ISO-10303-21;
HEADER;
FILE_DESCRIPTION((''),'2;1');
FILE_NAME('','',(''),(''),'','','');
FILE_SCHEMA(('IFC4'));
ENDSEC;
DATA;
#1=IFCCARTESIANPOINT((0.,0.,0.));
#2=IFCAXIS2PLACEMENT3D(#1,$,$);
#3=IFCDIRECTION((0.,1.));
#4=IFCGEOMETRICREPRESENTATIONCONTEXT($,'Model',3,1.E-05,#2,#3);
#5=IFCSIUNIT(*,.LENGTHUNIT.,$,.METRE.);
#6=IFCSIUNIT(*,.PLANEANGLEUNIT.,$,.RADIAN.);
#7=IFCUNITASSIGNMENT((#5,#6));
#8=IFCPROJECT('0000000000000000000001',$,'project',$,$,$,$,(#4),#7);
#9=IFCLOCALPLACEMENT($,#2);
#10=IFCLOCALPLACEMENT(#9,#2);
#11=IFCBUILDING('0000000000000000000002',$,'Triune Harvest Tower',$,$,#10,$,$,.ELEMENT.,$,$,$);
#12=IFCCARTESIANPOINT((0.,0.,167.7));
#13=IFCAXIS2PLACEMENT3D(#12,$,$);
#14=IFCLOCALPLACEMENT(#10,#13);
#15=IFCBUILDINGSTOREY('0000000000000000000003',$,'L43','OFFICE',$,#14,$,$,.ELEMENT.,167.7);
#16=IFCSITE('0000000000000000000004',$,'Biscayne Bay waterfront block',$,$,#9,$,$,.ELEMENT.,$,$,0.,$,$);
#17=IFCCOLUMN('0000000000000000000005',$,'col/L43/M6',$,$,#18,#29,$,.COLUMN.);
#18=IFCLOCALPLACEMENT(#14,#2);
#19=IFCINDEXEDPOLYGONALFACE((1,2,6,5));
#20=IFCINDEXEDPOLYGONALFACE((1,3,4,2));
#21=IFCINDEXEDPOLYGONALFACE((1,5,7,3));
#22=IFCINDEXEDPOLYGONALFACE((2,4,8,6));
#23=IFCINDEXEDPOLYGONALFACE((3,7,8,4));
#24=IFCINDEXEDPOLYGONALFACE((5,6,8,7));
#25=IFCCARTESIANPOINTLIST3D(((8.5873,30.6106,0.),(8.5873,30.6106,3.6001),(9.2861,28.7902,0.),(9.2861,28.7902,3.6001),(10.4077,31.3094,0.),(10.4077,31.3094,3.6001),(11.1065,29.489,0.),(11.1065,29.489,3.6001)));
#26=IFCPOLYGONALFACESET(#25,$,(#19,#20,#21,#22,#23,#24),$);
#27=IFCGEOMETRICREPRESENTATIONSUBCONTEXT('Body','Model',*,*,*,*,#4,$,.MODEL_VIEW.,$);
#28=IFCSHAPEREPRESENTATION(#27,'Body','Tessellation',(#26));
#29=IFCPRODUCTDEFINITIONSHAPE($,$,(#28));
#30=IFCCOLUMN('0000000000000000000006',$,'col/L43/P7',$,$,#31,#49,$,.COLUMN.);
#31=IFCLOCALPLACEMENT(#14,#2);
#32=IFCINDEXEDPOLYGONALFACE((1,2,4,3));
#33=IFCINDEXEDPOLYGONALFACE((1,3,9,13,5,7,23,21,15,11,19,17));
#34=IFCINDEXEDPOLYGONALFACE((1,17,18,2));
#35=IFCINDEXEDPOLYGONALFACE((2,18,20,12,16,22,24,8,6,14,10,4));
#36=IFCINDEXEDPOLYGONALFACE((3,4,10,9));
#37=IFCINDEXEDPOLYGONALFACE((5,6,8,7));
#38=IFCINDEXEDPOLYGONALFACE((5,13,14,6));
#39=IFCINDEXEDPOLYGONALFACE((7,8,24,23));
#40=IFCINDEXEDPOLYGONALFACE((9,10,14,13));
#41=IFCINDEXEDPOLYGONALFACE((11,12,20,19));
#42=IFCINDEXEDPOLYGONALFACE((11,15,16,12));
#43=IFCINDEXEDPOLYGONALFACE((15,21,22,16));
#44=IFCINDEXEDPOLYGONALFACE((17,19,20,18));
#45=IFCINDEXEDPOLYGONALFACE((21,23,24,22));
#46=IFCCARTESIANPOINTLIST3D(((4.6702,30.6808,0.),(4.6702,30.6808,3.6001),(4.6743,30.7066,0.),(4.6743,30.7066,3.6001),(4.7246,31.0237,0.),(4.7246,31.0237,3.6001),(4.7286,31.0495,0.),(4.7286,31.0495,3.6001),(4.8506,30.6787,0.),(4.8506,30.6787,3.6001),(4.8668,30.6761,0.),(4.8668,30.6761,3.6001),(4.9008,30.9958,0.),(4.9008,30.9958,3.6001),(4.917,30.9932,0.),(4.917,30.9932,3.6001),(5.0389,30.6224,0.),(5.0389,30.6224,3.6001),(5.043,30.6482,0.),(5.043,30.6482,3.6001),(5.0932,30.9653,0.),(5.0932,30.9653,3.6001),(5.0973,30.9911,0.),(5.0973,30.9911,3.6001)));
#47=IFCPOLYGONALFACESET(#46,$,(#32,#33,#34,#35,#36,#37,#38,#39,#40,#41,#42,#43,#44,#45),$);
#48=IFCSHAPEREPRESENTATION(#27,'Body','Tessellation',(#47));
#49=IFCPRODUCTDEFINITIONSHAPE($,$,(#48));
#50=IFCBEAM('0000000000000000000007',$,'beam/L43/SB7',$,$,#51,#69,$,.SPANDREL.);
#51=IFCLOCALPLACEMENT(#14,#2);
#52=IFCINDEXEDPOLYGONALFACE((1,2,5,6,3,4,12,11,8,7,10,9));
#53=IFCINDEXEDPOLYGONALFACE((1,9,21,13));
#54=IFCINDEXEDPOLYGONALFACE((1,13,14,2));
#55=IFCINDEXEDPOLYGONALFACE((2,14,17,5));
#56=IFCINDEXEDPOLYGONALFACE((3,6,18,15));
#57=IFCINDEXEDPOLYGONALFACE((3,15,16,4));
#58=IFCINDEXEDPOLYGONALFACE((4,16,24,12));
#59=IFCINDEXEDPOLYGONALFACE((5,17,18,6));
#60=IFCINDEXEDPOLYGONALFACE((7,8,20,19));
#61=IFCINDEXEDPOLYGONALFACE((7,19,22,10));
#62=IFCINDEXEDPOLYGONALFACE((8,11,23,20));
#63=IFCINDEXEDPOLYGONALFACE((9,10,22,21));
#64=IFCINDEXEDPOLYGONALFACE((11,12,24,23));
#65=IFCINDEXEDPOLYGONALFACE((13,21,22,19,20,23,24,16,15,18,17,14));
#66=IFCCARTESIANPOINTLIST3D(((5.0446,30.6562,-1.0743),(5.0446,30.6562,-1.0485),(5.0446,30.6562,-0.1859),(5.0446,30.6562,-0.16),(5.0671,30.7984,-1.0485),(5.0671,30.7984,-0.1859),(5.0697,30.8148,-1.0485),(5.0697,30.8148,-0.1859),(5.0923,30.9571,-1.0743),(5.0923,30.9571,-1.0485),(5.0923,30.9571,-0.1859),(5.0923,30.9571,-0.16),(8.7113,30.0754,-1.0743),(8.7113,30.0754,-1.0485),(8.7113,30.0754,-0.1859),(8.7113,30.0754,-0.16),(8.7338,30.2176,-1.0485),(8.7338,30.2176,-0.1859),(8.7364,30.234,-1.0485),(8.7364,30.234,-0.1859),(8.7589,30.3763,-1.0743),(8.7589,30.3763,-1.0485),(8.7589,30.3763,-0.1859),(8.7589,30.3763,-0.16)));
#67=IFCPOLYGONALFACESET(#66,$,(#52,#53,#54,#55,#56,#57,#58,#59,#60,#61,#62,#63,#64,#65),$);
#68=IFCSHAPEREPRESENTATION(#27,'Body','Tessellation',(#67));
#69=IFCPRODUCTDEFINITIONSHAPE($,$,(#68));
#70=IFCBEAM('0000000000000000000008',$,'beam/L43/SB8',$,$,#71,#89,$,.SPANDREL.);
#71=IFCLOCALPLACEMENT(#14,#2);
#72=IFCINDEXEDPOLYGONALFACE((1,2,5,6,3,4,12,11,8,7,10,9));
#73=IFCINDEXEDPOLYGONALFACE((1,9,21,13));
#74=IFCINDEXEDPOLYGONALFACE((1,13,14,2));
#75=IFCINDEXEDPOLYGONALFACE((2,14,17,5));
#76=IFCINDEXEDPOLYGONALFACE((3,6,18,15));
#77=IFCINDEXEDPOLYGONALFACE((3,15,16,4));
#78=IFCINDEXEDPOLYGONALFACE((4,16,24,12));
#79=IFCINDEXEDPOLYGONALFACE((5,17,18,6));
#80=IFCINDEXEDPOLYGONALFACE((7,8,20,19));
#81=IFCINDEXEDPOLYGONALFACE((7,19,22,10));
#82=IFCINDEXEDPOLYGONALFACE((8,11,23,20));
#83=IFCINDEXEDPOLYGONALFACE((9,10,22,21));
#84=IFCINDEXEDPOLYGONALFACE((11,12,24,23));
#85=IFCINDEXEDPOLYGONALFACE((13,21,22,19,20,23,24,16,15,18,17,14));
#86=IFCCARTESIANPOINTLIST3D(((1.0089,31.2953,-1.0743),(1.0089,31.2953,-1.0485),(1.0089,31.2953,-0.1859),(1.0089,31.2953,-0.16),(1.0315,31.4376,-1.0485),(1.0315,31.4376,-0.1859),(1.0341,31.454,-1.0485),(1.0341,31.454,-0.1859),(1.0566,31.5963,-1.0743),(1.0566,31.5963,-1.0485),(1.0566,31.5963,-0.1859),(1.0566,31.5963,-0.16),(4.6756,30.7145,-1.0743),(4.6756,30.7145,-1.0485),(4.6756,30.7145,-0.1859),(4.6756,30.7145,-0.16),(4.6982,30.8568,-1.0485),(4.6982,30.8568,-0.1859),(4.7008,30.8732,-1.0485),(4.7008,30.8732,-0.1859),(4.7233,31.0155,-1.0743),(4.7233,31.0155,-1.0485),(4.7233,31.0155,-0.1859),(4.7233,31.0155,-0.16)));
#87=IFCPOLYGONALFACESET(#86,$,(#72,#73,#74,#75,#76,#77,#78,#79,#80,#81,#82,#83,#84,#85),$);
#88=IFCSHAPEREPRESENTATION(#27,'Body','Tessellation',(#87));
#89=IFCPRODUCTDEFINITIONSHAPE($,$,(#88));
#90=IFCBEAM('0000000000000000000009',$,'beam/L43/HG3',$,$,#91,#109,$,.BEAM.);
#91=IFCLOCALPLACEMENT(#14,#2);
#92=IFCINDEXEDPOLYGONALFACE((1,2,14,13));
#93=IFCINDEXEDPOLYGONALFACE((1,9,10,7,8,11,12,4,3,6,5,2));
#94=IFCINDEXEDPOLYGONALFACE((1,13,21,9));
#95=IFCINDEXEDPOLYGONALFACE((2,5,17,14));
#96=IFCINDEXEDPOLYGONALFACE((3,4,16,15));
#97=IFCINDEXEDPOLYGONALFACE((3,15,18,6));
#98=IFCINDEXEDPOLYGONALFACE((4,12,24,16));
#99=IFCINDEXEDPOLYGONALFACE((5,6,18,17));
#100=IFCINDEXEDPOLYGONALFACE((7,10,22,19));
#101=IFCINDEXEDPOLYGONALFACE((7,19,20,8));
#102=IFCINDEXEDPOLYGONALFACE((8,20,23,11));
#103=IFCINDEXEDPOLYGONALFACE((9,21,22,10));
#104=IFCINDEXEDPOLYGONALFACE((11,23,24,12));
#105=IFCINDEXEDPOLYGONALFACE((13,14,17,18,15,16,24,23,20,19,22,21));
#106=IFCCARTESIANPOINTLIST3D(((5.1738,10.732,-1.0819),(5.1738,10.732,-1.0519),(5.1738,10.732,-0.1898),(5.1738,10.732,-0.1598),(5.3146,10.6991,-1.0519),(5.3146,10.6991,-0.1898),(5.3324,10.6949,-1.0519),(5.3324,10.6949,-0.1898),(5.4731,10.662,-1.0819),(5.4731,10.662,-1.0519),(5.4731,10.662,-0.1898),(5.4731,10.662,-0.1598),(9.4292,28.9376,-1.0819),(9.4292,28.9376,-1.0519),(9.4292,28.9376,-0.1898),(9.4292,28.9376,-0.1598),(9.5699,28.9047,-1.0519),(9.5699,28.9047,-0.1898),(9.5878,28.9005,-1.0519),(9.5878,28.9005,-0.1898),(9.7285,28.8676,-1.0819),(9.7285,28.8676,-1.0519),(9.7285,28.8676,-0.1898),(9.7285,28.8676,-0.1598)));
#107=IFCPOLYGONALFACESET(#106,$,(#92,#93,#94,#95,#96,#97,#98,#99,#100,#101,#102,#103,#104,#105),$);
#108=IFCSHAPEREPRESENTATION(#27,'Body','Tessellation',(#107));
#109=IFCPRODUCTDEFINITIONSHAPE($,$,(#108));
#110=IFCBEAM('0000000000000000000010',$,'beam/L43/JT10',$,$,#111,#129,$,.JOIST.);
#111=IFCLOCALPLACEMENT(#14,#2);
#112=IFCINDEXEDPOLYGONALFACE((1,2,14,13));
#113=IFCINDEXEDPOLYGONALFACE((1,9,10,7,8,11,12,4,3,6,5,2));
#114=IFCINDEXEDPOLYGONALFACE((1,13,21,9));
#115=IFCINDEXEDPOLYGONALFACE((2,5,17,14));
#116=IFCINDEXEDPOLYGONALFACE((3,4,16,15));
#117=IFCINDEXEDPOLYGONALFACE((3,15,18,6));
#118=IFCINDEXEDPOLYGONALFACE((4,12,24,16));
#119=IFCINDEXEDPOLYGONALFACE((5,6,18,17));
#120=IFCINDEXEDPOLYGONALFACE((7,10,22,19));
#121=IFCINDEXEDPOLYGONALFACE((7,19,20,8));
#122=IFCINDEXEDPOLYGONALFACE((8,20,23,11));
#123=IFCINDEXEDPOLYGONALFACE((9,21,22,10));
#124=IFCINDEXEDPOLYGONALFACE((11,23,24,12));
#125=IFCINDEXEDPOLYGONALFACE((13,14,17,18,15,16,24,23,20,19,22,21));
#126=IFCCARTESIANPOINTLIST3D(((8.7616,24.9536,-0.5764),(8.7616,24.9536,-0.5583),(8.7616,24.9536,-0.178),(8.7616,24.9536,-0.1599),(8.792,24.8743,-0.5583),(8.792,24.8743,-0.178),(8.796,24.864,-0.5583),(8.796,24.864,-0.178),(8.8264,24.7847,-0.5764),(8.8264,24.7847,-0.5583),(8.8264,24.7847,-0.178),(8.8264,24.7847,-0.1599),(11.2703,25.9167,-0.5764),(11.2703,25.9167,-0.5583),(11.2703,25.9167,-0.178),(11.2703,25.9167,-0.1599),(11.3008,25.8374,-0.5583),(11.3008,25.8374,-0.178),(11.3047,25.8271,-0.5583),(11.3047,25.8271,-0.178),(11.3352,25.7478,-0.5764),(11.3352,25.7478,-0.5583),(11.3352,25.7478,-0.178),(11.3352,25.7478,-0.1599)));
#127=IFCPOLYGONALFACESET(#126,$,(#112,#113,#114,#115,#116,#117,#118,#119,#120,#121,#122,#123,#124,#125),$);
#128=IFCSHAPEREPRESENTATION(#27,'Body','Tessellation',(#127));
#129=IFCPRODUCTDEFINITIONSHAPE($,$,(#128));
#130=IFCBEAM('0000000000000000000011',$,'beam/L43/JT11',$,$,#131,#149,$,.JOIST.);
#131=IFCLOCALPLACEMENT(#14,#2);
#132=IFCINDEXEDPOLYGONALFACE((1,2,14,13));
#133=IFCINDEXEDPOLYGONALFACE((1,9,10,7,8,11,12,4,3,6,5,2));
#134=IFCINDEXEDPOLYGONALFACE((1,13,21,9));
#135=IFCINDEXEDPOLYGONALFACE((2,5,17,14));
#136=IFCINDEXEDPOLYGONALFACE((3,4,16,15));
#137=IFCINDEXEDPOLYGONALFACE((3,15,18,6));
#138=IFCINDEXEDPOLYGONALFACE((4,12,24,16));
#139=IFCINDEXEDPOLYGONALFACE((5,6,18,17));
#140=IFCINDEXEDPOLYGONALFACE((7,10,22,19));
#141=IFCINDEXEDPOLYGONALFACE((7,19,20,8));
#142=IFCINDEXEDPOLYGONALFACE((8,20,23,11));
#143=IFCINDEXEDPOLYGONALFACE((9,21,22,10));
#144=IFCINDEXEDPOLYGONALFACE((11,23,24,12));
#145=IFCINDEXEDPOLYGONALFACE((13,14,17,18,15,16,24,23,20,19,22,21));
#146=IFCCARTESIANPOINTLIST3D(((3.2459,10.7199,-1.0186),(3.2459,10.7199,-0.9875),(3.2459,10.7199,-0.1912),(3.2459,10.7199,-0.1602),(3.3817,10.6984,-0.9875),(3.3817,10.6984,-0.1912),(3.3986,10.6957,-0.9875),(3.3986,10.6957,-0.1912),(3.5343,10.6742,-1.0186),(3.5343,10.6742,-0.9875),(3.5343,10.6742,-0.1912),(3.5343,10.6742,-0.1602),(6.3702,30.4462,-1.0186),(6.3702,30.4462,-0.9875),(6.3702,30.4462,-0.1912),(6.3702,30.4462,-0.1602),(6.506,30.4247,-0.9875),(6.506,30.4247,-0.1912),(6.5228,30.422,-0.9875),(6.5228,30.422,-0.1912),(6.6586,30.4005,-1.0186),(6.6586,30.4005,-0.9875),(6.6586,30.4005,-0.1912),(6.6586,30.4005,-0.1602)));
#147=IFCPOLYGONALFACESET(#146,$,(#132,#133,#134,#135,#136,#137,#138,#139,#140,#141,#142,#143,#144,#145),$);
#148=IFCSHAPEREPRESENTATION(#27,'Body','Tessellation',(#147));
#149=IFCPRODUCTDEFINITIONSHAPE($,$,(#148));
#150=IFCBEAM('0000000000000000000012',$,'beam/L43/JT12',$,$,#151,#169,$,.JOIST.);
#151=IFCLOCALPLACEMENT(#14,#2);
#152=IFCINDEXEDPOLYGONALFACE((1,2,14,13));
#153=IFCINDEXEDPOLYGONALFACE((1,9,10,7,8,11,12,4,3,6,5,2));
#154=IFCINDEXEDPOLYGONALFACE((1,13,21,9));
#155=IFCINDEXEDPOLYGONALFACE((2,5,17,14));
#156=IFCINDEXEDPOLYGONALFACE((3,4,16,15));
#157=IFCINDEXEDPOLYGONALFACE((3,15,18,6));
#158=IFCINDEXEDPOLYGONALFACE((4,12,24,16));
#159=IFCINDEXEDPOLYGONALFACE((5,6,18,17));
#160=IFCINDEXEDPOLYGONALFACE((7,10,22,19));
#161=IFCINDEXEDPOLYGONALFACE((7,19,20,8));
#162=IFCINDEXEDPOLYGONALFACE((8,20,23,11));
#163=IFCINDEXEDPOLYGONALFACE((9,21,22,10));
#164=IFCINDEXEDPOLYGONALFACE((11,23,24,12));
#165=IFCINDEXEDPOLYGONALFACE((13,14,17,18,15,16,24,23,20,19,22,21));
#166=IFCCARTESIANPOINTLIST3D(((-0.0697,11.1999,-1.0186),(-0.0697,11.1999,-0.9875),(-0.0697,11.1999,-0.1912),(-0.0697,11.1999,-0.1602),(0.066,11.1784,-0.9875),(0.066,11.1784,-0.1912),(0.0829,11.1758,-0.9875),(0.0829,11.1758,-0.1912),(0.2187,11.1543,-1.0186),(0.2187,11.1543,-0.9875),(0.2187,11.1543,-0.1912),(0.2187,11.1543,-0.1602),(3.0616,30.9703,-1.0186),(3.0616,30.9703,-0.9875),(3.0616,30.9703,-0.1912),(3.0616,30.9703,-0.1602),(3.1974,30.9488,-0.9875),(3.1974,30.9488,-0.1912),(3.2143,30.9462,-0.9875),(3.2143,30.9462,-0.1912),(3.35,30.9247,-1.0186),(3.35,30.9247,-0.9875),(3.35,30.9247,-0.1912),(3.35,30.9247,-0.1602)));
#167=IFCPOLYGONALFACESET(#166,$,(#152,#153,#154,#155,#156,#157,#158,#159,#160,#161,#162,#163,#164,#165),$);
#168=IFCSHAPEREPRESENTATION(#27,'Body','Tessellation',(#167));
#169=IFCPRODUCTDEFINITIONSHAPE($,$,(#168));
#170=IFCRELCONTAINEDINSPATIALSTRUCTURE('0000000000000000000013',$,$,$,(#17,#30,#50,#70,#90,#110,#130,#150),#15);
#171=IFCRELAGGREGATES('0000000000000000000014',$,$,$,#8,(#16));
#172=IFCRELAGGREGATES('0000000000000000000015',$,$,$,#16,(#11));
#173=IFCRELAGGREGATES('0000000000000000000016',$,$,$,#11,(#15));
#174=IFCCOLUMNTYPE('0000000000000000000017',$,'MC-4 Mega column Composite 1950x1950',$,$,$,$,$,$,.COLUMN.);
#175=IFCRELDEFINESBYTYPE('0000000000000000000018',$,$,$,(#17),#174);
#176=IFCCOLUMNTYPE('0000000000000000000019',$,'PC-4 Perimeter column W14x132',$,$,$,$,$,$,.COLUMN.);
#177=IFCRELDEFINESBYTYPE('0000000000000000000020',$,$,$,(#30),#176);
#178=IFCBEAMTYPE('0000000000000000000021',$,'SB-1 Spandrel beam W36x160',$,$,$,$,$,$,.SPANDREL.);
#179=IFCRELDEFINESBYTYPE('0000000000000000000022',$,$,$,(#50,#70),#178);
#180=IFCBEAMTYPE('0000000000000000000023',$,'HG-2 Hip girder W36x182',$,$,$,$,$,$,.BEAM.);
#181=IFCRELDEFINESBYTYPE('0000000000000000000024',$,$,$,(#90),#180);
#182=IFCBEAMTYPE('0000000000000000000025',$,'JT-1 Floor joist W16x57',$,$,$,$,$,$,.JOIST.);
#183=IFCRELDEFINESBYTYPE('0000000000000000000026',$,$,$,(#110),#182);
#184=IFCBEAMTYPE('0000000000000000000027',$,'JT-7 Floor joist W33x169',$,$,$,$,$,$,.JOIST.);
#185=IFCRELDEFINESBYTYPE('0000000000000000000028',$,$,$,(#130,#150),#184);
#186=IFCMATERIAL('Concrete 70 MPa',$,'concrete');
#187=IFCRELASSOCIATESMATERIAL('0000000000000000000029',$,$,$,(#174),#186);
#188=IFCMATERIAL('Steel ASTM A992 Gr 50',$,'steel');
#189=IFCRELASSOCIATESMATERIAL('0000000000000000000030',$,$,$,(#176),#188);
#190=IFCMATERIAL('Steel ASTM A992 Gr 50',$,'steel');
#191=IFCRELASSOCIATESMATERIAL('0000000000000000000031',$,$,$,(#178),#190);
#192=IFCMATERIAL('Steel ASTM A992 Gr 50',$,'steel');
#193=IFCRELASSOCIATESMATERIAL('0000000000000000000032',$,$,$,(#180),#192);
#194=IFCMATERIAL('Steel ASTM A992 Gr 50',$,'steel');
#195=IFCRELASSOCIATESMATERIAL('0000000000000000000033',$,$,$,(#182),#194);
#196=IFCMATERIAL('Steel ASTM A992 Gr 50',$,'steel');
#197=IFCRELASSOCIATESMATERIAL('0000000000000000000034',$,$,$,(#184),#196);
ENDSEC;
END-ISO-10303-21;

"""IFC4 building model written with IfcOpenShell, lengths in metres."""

from ifc_helpers import new_model, si_unit, direction, frame, origin, origin_2d, place, context, subcontext, project, spatial, rectangle, i_section, extrude, source, transform, mapped, material, material_profile, profile_set, type_object, element, save


model = new_model("IFC4")

# Units and contexts
model_context = context("Model", 3, precision=1e-05, world=origin(), true_north=direction((0.0, 1.0)))
body_context = subcontext(model_context, "Body", "Model", "MODEL_VIEW")
ifc_project = project(units=[si_unit("LENGTHUNIT", "METRE"), si_unit("PLANEANGLEUNIT", "RADIAN")], contexts=[model_context])

# Site, building, storey
site_placement = place(None, origin())
site = spatial("IfcSite", under=ifc_project, at=site_placement, Name="Biscayne Bay waterfront block", CompositionType="ELEMENT", RefElevation=0.0)
building_placement = place(site_placement, origin())
building = spatial("IfcBuilding", under=site, at=building_placement, Name="Triune Harvest Tower", CompositionType="ELEMENT")
storey_placement = place(building_placement, frame((0.0, 0.0, 167.7)))
storey = spatial("IfcBuildingStorey", under=building, at=storey_placement, Name="L43", Description="OFFICE", CompositionType="ELEMENT", Elevation=167.7)

# Columns
ifc_material_1 = material(Name="Concrete 70 MPa", Category="concrete")
ifc_material_profile_1 = material_profile(ifc_material_1, rectangle(XDim=1.95, YDim=1.95, at=origin_2d()), Name="Composite 1950x1950")
ifc_profile_set_1 = profile_set([ifc_material_profile_1], Name="Concrete 70 MPa")
column_type_1 = type_object("IfcColumnType", Name="MC-4 Mega column Composite 1950x1950", PredefinedType="COLUMN", material=ifc_profile_set_1)
shared_shape_1 = source(origin(), body_context, "Body", "SweptSolid", [
    extrude(rectangle(XDim=1.95, YDim=1.95, at=origin_2d()), origin(), (0.0, 0.0, 1.0), 3.6001),
])
column_1_placement = place(storey_placement, frame((9.8469, 30.0498, 0.0), z_axis=(0.0, 0.0, 1.0), x_axis=(-0.358368, 0.93358, 0.0)))
element("IfcColumn", 1, at=column_1_placement, inside=storey, type_object=column_type_1, Name="col/L43/M6", PredefinedType="COLUMN", context=body_context, shape_type="MappedRepresentation", body=[
    mapped(shared_shape_1, transform((0.0, 0.0, 0.0), scale=1.0)),
])
ifc_material_2 = material(Name="Steel ASTM A992 Gr 50", Category="steel")
ifc_material_profile_2 = material_profile(ifc_material_2, i_section(OverallWidth=0.3733, OverallDepth=0.3733, WebThickness=0.0164, FlangeThickness=0.0261, at=origin_2d()), Name="W14x132")
ifc_profile_set_2 = profile_set([ifc_material_profile_2], Name="Steel ASTM A992 Gr 50")
column_type_2 = type_object("IfcColumnType", Name="PC-4 Perimeter column W14x132", PredefinedType="COLUMN", material=ifc_profile_set_2)
shared_shape_2 = source(origin(), body_context, "Body", "SweptSolid", [
    extrude(i_section(OverallWidth=0.3733, OverallDepth=0.3733, WebThickness=0.0164, FlangeThickness=0.0261, at=origin_2d()), origin(), (0.0, 0.0, 1.0), 3.6001),
])
column_2_placement = place(storey_placement, frame((4.8838, 30.8359, 0.0), z_axis=(0.0, 0.0, 1.0), x_axis=(-0.987688, 0.156434, 0.0)))
element("IfcColumn", 2, at=column_2_placement, inside=storey, type_object=column_type_2, Name="col/L43/P7", PredefinedType="COLUMN", context=body_context, shape_type="MappedRepresentation", body=[
    mapped(shared_shape_2, transform((0.0, 0.0, 0.0), scale=1.0)),
])

# Beams
ifc_material_3 = material(Name="Steel ASTM A992 Gr 50", Category="steel")
ifc_material_profile_3 = material_profile(ifc_material_3, i_section(OverallWidth=0.3047, OverallDepth=0.9143, WebThickness=0.0166, FlangeThickness=0.0259, at=origin_2d()), Name="W36x160")
ifc_profile_set_3 = profile_set([ifc_material_profile_3], Name="Steel ASTM A992 Gr 50")
beam_type_1 = type_object("IfcBeamType", Name="SB-1 Spandrel beam W36x160", PredefinedType="SPANDREL", material=ifc_profile_set_3)
shared_shape_3 = source(origin(), body_context, "Body", "SweptSolid", [
    extrude(i_section(OverallWidth=0.3047, OverallDepth=0.9143, WebThickness=0.0166, FlangeThickness=0.0259, at=origin_2d()), origin(), (0.0, 0.0, 1.0), 3.7124),
])
for number, where, z_axis, x_axis, name in (
    (3, (8.7351, 30.2258, -0.6172), (-0.987686, 0.156449, 0.0), (-0.156449, -0.987686, 0.0), "beam/L43/SB7"),
    (4, (4.6995, 30.865, -0.6172), (-0.987686, 0.156449, 0.0), (-0.156449, -0.987686, 0.0), "beam/L43/SB8"),
):
    element("IfcBeam", number, at=place(storey_placement, frame(where, z_axis=z_axis, x_axis=x_axis)), inside=storey, type_object=beam_type_1, Name=name, PredefinedType="SPANDREL", context=body_context, shape_type="MappedRepresentation", body=[
        mapped(shared_shape_3, transform((0.0, 0.0, 0.0), scale=1.0)),
    ])
ifc_material_4 = material(Name="Steel ASTM A992 Gr 50", Category="steel")
ifc_material_profile_4 = material_profile(ifc_material_4, i_section(OverallWidth=0.3074, OverallDepth=0.9221, WebThickness=0.0183, FlangeThickness=0.03, at=origin_2d()), Name="W36x182")
ifc_profile_set_4 = profile_set([ifc_material_profile_4], Name="Steel ASTM A992 Gr 50")
beam_type_2 = type_object("IfcBeamType", Name="HG-2 Hip girder W36x182", PredefinedType="BEAM", material=ifc_profile_set_4)
shared_shape_4 = source(origin(), body_context, "Body", "SweptSolid", [
    extrude(i_section(OverallWidth=0.3074, OverallDepth=0.9221, WebThickness=0.0183, FlangeThickness=0.03, at=origin_2d()), origin(), (0.0, 0.0, 1.0), 18.6963),
])
beam_1_placement = place(storey_placement, frame((9.5789, 28.9026, -0.6208), z_axis=(-0.227605, -0.973753, 0.0), x_axis=(0.973753, -0.227605, 0.0)))
element("IfcBeam", 5, at=beam_1_placement, inside=storey, type_object=beam_type_2, Name="beam/L43/HG3", PredefinedType="BEAM", context=body_context, shape_type="MappedRepresentation", body=[
    mapped(shared_shape_4, transform((0.0, 0.0, 0.0), scale=1.0)),
])
ifc_material_5 = material(Name="Steel ASTM A992 Gr 50", Category="steel")
ifc_material_profile_5 = material_profile(ifc_material_5, i_section(OverallWidth=0.1809, OverallDepth=0.4165, WebThickness=0.011, FlangeThickness=0.0181, at=origin_2d()), Name="W16x57")
ifc_profile_set_5 = profile_set([ifc_material_profile_5], Name="Steel ASTM A992 Gr 50")
beam_type_3 = type_object("IfcBeamType", Name="JT-1 Floor joist W16x57", PredefinedType="JOIST", material=ifc_profile_set_5)
shared_shape_5 = source(origin(), body_context, "Body", "SweptSolid", [
    extrude(i_section(OverallWidth=0.1809, OverallDepth=0.4165, WebThickness=0.011, FlangeThickness=0.0181, at=origin_2d()), origin(), (0.0, 0.0, 1.0), 2.6873),
])
beam_2_placement = place(storey_placement, frame((11.3027, 25.8323, -0.3682), z_axis=(-0.933568, -0.358401, 0.0), x_axis=(0.358401, -0.933568, 0.0)))
element("IfcBeam", 6, at=beam_2_placement, inside=storey, type_object=beam_type_3, Name="beam/L43/JT10", PredefinedType="JOIST", context=body_context, shape_type="MappedRepresentation", body=[
    mapped(shared_shape_5, transform((0.0, 0.0, 0.0), scale=1.0)),
])
ifc_material_6 = material(Name="Steel ASTM A992 Gr 50", Category="steel")
ifc_material_profile_6 = material_profile(ifc_material_6, i_section(OverallWidth=0.292, OverallDepth=0.8584, WebThickness=0.0171, FlangeThickness=0.031, at=origin_2d()), Name="W33x169")
ifc_profile_set_6 = profile_set([ifc_material_profile_6], Name="Steel ASTM A992 Gr 50")
beam_type_4 = type_object("IfcBeamType", Name="JT-7 Floor joist W33x169", PredefinedType="JOIST", material=ifc_profile_set_6)
shared_shape_6 = source(origin(), body_context, "Body", "SweptSolid", [
    extrude(i_section(OverallWidth=0.292, OverallDepth=0.8584, WebThickness=0.0171, FlangeThickness=0.031, at=origin_2d()), origin(), (0.0, 0.0, 1.0), 19.9722),
])
beam_3_placement = place(storey_placement, frame((6.5144, 30.4233, -0.5894), z_axis=(-0.156431, -0.987689, 0.0), x_axis=(0.987689, -0.156431, 0.0)))
element("IfcBeam", 7, at=beam_3_placement, inside=storey, type_object=beam_type_4, Name="beam/L43/JT11", PredefinedType="JOIST", context=body_context, shape_type="MappedRepresentation", body=[
    mapped(shared_shape_6, transform((0.0, 0.0, 0.0), scale=1.0)),
])
shared_shape_7 = source(origin(), body_context, "Body", "SweptSolid", [
    extrude(i_section(OverallWidth=0.292, OverallDepth=0.8584, WebThickness=0.0171, FlangeThickness=0.031, at=origin_2d()), origin(), (0.0, 0.0, 1.0), 20.0168),
])
beam_4_placement = place(storey_placement, frame((3.2058, 30.9475, -0.5894), z_axis=(-0.156435, -0.987688, 0.0), x_axis=(0.987688, -0.156435, 0.0)))
element("IfcBeam", 8, at=beam_4_placement, inside=storey, type_object=beam_type_4, Name="beam/L43/JT12", PredefinedType="JOIST", context=body_context, shape_type="MappedRepresentation", body=[
    mapped(shared_shape_7, transform((0.0, 0.0, 0.0), scale=1.0)),
])

save(model, "model.ifc")
